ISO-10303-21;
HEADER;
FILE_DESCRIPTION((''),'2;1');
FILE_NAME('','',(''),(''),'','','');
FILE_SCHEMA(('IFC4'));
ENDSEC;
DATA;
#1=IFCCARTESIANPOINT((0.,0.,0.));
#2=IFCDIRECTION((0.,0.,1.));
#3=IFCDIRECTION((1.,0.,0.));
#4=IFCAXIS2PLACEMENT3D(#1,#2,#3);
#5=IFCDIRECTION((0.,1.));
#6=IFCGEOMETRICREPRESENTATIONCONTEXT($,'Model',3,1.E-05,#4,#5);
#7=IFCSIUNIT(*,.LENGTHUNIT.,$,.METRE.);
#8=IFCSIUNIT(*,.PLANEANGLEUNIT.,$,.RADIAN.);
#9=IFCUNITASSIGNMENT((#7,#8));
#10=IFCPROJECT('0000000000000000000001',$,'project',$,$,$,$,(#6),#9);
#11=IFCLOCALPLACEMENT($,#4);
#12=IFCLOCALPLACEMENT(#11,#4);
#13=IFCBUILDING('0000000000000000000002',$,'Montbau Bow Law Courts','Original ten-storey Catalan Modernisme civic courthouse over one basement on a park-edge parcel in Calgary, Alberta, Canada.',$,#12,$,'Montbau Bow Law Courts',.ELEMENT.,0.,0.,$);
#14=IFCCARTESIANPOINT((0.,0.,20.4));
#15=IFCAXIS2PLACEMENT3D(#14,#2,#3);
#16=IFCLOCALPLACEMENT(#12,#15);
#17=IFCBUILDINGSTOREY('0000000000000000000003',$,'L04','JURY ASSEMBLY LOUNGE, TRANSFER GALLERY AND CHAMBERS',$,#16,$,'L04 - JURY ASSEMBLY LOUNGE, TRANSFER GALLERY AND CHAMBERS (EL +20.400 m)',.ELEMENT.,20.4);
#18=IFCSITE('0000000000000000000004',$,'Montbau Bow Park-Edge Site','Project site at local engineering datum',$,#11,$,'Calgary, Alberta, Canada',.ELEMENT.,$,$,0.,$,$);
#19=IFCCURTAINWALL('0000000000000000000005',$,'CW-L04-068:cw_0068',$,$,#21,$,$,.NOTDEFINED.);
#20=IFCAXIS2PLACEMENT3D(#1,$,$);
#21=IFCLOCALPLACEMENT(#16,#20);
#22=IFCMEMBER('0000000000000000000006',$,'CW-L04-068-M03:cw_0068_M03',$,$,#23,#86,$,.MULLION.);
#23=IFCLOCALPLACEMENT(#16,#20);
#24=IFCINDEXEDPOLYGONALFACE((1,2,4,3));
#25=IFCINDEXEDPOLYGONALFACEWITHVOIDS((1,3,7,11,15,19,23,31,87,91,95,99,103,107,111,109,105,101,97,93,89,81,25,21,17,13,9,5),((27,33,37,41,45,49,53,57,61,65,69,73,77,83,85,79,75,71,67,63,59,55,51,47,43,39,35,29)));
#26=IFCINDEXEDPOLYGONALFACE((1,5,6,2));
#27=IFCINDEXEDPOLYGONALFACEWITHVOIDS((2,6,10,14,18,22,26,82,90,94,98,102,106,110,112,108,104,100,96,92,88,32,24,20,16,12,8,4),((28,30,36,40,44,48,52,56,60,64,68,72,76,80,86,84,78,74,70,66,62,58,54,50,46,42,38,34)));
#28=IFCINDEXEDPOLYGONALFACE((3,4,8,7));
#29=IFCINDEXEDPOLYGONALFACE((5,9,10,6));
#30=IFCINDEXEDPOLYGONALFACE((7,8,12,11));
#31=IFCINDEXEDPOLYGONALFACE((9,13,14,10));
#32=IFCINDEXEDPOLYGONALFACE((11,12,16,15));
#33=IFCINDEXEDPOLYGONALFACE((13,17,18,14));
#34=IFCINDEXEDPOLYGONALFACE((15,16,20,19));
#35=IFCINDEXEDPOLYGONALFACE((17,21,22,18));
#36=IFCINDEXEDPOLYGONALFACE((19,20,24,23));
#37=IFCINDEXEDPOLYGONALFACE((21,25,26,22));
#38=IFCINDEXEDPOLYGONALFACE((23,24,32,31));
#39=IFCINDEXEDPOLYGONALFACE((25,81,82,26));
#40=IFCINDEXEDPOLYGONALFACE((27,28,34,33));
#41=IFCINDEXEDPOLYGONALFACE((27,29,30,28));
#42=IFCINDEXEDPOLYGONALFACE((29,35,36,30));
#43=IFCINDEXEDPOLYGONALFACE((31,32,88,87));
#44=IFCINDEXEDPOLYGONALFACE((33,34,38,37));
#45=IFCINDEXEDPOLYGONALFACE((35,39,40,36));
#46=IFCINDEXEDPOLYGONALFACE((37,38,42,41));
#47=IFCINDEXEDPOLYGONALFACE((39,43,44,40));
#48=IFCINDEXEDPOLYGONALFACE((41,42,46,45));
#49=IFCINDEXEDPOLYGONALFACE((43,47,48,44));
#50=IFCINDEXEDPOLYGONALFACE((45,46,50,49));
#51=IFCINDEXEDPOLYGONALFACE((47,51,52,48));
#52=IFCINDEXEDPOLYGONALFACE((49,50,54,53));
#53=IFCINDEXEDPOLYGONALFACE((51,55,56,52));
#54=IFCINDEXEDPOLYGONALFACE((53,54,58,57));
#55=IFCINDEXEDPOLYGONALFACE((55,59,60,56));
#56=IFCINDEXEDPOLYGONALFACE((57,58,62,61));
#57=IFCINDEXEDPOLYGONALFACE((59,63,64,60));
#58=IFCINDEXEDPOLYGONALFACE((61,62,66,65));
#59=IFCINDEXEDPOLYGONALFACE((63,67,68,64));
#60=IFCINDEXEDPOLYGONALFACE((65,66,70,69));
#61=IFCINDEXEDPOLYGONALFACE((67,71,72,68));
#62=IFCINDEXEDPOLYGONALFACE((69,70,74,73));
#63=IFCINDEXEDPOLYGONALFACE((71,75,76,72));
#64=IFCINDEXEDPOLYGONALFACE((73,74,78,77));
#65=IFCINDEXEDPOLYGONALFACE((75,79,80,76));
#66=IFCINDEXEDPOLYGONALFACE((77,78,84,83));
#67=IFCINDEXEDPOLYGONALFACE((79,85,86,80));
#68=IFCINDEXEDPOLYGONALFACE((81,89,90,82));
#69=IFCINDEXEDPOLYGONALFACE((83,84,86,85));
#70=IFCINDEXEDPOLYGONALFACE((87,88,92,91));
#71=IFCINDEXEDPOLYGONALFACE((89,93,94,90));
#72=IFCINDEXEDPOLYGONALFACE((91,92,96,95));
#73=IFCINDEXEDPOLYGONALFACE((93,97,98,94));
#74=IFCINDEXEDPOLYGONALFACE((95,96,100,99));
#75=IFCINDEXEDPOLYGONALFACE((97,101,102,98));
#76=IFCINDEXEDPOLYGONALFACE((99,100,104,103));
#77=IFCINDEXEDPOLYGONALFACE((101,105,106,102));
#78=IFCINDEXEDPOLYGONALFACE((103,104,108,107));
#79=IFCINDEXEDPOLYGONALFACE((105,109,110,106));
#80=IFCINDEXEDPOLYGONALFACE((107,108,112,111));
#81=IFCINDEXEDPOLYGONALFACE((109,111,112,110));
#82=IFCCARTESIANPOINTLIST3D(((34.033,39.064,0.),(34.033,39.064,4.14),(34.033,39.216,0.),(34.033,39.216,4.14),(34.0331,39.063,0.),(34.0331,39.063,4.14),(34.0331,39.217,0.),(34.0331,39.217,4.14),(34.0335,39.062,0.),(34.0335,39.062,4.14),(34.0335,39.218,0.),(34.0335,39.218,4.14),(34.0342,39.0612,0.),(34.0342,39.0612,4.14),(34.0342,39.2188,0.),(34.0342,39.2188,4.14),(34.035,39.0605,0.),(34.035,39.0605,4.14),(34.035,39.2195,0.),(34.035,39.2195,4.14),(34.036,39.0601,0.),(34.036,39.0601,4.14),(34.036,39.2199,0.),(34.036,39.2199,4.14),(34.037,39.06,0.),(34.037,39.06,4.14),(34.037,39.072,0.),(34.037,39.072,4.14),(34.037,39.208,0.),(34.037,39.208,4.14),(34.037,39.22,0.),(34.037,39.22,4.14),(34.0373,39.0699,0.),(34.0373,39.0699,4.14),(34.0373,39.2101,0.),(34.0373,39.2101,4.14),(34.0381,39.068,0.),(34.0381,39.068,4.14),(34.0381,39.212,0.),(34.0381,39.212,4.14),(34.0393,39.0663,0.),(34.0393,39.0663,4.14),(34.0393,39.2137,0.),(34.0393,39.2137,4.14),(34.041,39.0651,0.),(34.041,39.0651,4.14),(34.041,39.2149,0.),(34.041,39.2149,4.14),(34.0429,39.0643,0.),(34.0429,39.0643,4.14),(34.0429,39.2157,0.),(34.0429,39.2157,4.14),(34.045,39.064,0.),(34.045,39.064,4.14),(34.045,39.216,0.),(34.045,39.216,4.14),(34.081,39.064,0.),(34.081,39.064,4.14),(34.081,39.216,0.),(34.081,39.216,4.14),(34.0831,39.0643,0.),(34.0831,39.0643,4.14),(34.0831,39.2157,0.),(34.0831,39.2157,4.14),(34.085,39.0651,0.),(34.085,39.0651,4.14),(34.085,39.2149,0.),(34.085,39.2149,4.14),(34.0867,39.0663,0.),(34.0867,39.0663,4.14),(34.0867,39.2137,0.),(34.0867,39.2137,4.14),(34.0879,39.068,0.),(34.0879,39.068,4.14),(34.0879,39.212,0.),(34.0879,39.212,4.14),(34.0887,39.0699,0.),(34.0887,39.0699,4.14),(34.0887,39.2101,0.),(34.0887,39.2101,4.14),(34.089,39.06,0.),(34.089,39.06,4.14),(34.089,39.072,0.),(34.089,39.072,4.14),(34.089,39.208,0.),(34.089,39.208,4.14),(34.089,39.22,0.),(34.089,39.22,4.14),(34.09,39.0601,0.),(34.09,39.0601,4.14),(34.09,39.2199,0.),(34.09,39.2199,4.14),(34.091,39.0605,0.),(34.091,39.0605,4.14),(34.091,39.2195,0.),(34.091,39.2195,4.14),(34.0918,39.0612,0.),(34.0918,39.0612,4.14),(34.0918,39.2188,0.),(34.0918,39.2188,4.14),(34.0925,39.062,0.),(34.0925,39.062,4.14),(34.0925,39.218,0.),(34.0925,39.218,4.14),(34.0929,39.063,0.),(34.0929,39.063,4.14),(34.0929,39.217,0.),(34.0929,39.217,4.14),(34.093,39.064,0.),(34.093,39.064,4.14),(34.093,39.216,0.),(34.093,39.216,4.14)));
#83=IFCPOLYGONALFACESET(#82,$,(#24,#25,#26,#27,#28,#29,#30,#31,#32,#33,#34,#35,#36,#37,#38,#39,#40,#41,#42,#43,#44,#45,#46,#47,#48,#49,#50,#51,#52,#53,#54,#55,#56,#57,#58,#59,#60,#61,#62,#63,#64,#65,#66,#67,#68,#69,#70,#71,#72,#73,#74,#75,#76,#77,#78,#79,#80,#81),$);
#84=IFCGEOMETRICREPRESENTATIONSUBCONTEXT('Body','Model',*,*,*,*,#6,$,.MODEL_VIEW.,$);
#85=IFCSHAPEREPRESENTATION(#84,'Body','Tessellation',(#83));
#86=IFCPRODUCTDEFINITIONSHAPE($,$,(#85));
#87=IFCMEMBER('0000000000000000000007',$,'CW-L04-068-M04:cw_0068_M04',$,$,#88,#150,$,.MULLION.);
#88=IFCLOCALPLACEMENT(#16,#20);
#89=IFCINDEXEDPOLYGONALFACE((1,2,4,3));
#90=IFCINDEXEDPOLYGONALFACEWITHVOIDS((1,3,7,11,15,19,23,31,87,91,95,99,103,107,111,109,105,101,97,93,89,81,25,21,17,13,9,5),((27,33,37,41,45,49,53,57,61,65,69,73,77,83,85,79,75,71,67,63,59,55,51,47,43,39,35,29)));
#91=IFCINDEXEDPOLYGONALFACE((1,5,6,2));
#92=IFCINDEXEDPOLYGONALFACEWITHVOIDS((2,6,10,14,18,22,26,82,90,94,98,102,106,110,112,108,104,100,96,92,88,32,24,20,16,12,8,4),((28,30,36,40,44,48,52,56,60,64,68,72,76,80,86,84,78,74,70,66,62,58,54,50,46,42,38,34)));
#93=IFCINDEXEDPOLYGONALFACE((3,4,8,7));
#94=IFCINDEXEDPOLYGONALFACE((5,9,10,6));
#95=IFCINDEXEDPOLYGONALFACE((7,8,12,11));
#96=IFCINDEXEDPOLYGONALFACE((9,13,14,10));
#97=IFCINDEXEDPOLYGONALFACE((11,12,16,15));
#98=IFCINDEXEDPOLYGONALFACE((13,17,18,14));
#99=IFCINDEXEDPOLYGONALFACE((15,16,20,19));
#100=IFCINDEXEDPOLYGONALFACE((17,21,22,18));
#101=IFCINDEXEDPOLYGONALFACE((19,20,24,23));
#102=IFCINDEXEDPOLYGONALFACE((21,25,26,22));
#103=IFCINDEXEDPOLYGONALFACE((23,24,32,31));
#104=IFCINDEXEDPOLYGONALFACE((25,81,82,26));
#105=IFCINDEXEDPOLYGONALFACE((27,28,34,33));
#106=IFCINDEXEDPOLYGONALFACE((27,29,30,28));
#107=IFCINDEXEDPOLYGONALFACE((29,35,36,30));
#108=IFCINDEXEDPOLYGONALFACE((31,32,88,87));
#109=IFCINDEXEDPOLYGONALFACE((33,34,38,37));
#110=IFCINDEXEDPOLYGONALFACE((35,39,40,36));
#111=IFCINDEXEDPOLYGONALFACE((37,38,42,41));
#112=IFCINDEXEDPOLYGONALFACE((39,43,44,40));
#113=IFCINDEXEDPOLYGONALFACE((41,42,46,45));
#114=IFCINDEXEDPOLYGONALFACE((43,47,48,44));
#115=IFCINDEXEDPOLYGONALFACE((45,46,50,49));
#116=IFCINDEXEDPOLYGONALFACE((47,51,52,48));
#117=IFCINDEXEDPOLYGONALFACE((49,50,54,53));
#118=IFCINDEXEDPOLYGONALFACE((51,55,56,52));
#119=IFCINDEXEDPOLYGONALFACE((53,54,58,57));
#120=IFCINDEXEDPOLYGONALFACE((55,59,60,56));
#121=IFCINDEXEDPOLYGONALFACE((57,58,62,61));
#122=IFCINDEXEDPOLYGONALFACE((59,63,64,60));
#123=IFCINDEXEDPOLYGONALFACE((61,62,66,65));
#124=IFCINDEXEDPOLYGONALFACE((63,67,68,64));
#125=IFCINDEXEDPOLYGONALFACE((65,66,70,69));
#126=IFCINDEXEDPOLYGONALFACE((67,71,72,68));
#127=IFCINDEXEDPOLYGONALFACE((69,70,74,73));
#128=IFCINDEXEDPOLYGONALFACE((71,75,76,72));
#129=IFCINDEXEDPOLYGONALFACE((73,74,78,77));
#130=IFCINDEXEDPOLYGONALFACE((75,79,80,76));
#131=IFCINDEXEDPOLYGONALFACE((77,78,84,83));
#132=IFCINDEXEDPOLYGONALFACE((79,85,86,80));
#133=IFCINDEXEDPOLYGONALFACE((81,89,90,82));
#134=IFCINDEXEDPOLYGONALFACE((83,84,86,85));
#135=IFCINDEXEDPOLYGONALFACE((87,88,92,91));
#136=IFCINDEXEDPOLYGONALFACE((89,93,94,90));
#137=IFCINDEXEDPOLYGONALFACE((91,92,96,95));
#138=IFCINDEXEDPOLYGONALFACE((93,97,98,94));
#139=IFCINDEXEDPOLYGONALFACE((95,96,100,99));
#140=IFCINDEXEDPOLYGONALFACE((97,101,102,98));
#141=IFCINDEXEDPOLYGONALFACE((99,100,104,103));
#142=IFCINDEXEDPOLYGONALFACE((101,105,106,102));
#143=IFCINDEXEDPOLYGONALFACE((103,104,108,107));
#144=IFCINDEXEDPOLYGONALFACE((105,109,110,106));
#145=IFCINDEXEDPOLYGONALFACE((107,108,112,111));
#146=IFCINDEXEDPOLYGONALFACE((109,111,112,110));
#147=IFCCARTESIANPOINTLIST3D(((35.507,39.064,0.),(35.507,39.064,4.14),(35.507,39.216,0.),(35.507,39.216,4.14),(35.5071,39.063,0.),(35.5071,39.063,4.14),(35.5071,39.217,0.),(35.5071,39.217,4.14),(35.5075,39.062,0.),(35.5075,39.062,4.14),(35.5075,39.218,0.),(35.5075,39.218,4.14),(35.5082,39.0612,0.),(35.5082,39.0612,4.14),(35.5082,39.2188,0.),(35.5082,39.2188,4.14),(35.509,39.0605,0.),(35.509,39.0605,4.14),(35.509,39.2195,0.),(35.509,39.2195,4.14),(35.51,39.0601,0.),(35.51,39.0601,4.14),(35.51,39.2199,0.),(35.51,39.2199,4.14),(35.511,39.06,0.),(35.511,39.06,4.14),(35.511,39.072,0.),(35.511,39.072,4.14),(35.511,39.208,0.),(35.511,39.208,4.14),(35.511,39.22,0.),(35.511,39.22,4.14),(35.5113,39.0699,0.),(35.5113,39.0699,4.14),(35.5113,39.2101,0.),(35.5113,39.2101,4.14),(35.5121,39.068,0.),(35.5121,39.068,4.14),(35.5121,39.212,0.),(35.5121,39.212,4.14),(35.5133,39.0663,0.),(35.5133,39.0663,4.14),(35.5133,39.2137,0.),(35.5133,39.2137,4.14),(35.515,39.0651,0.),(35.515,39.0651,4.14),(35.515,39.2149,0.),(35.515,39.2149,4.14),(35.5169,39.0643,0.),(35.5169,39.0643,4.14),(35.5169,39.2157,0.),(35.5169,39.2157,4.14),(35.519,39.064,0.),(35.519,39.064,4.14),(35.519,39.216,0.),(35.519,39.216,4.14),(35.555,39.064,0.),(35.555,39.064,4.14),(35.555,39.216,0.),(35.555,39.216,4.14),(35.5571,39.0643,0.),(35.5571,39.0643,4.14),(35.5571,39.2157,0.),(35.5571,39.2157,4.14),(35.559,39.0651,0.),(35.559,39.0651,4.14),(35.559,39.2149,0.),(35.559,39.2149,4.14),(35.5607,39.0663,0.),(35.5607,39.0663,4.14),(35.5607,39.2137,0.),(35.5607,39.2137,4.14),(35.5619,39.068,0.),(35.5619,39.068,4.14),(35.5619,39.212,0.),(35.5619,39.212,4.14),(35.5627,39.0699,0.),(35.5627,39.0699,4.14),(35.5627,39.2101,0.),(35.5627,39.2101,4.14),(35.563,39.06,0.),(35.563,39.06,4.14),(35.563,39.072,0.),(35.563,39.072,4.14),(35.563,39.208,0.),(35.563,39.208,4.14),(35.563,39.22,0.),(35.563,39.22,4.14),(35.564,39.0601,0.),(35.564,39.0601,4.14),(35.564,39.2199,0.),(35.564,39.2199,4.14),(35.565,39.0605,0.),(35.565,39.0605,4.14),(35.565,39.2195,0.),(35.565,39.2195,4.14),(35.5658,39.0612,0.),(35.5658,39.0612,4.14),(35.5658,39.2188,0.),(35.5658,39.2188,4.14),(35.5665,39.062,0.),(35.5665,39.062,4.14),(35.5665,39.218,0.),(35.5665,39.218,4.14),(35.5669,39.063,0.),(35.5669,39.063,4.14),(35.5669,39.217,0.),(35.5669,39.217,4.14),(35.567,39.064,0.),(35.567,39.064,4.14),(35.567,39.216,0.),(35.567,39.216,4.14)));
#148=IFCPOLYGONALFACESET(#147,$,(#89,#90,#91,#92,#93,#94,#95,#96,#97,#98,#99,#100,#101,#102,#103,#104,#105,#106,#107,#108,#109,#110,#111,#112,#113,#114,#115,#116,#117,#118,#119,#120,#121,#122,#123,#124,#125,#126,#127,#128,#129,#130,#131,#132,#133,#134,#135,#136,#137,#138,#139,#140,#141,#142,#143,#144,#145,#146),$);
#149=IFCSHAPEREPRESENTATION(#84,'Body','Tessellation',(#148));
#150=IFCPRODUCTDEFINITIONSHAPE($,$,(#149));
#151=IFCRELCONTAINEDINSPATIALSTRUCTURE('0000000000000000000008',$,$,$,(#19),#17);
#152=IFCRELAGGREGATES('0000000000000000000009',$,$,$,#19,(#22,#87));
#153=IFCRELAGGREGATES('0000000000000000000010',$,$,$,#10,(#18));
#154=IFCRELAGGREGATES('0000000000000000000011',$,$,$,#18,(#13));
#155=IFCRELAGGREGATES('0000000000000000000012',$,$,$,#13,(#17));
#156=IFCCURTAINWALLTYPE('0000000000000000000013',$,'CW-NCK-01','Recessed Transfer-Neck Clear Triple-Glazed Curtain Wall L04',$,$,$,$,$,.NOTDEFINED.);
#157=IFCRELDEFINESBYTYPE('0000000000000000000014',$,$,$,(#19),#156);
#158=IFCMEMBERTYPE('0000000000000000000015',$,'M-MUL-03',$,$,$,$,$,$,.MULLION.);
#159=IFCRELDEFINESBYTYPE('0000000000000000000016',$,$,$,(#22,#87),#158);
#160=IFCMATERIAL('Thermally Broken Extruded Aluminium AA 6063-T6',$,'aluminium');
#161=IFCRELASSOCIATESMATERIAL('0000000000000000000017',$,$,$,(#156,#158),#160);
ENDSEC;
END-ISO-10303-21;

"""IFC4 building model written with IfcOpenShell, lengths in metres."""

from ifc_helpers import new_model, si_unit, direction, frame, origin_with_axes, origin_2d_with_axis, place, context, subcontext, project, spatial, hollow_rectangle, extrude, material, material_profile, profile_set, type_object, element, aggregate, save


model = new_model("IFC4")

# Units and contexts
model_context = context("Model", 3, precision=1e-05, world=origin_with_axes(), true_north=direction((0.0, 1.0)))
body_context = subcontext(model_context, "Body", "Model", "MODEL_VIEW")
ifc_project = project(units=[si_unit("LENGTHUNIT", "METRE"), si_unit("PLANEANGLEUNIT", "RADIAN")], contexts=[model_context])

# Site, building, storey
site_placement = place(None, origin_with_axes())
site = spatial("IfcSite", under=ifc_project, at=site_placement, Name="Montbau Bow Park-Edge Site", Description="Project site at local engineering datum", LongName="Calgary, Alberta, Canada", CompositionType="ELEMENT", RefElevation=0.0)
building_placement = place(site_placement, origin_with_axes())
building = spatial("IfcBuilding", under=site, at=building_placement, Name="Montbau Bow Law Courts", Description="Original ten-storey Catalan Modernisme civic courthouse over one basement on a park-edge parcel in Calgary, Alberta, Canada.", LongName="Montbau Bow Law Courts", CompositionType="ELEMENT", ElevationOfRefHeight=0.0, ElevationOfTerrain=0.0)
storey_placement = place(building_placement, frame((0.0, 0.0, 20.4), z_axis=(0.0, 0.0, 1.0), x_axis=(1.0, 0.0, 0.0)))
storey = spatial("IfcBuildingStorey", under=building, at=storey_placement, Name="L04", Description="JURY ASSEMBLY LOUNGE, TRANSFER GALLERY AND CHAMBERS", LongName="L04 - JURY ASSEMBLY LOUNGE, TRANSFER GALLERY AND CHAMBERS (EL +20.400 m)", CompositionType="ELEMENT", Elevation=20.4)

# Curtain wall, members
ifc_material_1 = material(Name="Thermally Broken Extruded Aluminium AA 6063-T6", Category="aluminium")
curtain_wall_type = type_object("IfcCurtainWallType", Name="CW-NCK-01", Description="Recessed Transfer-Neck Clear Triple-Glazed Curtain Wall L04", PredefinedType="NOTDEFINED", material=ifc_material_1)
curtain_wall_placement = place(None, frame((31.115, 39.14, 20.4), z_axis=(0.0, 0.0, 1.0), x_axis=(1.0, 0.0, 0.0)))
curtain_wall = element("IfcCurtainWall", 1, at=curtain_wall_placement, inside=storey, type_object=curtain_wall_type, Name="CW-L04-068:cw_0068", PredefinedType="NOTDEFINED")
ifc_material_profile_1 = material_profile(ifc_material_1, hollow_rectangle(XDim=0.06, YDim=0.16, WallThickness=0.004, InnerFilletRadius=0.008, OuterFilletRadius=0.004, at=origin_2d_with_axis()), Name="CWM-160X60", Category="Main", Priority=0)
ifc_profile_set_1 = profile_set([ifc_material_profile_1], Name="Thermally Broken Extruded Aluminium AA 6063-T6")
member_type_1 = type_object("IfcMemberType", Name="M-MUL-03", PredefinedType="MULLION", material=ifc_profile_set_1)
member_1_placement = place(None, frame((34.063, 39.14, 20.4), z_axis=(0.0, 0.0, 1.0), x_axis=(1.0, 0.0, 0.0)))
member_1 = element("IfcMember", 2, at=member_1_placement, type_object=member_type_1, Name="CW-L04-068-M03:cw_0068_M03", PredefinedType="MULLION", context=body_context, shape_type="SweptSolid", body=[
    extrude(hollow_rectangle(XDim=0.06, YDim=0.16, WallThickness=0.004, InnerFilletRadius=0.008, OuterFilletRadius=0.004, at=origin_2d_with_axis()), origin_with_axes(), (0.0, 0.0, 1.0), 4.14),
])
member_2_placement = place(None, frame((35.537, 39.14, 20.4), z_axis=(0.0, 0.0, 1.0), x_axis=(1.0, 0.0, 0.0)))
member_2 = element("IfcMember", 3, at=member_2_placement, type_object=member_type_1, Name="CW-L04-068-M04:cw_0068_M04", PredefinedType="MULLION", context=body_context, shape_type="SweptSolid", body=[
    extrude(hollow_rectangle(XDim=0.06, YDim=0.16, WallThickness=0.004, InnerFilletRadius=0.008, OuterFilletRadius=0.004, at=origin_2d_with_axis()), origin_with_axes(), (0.0, 0.0, 1.0), 4.14),
])
aggregate(curtain_wall, [member_1, member_2])

save(model, "model.ifc")
